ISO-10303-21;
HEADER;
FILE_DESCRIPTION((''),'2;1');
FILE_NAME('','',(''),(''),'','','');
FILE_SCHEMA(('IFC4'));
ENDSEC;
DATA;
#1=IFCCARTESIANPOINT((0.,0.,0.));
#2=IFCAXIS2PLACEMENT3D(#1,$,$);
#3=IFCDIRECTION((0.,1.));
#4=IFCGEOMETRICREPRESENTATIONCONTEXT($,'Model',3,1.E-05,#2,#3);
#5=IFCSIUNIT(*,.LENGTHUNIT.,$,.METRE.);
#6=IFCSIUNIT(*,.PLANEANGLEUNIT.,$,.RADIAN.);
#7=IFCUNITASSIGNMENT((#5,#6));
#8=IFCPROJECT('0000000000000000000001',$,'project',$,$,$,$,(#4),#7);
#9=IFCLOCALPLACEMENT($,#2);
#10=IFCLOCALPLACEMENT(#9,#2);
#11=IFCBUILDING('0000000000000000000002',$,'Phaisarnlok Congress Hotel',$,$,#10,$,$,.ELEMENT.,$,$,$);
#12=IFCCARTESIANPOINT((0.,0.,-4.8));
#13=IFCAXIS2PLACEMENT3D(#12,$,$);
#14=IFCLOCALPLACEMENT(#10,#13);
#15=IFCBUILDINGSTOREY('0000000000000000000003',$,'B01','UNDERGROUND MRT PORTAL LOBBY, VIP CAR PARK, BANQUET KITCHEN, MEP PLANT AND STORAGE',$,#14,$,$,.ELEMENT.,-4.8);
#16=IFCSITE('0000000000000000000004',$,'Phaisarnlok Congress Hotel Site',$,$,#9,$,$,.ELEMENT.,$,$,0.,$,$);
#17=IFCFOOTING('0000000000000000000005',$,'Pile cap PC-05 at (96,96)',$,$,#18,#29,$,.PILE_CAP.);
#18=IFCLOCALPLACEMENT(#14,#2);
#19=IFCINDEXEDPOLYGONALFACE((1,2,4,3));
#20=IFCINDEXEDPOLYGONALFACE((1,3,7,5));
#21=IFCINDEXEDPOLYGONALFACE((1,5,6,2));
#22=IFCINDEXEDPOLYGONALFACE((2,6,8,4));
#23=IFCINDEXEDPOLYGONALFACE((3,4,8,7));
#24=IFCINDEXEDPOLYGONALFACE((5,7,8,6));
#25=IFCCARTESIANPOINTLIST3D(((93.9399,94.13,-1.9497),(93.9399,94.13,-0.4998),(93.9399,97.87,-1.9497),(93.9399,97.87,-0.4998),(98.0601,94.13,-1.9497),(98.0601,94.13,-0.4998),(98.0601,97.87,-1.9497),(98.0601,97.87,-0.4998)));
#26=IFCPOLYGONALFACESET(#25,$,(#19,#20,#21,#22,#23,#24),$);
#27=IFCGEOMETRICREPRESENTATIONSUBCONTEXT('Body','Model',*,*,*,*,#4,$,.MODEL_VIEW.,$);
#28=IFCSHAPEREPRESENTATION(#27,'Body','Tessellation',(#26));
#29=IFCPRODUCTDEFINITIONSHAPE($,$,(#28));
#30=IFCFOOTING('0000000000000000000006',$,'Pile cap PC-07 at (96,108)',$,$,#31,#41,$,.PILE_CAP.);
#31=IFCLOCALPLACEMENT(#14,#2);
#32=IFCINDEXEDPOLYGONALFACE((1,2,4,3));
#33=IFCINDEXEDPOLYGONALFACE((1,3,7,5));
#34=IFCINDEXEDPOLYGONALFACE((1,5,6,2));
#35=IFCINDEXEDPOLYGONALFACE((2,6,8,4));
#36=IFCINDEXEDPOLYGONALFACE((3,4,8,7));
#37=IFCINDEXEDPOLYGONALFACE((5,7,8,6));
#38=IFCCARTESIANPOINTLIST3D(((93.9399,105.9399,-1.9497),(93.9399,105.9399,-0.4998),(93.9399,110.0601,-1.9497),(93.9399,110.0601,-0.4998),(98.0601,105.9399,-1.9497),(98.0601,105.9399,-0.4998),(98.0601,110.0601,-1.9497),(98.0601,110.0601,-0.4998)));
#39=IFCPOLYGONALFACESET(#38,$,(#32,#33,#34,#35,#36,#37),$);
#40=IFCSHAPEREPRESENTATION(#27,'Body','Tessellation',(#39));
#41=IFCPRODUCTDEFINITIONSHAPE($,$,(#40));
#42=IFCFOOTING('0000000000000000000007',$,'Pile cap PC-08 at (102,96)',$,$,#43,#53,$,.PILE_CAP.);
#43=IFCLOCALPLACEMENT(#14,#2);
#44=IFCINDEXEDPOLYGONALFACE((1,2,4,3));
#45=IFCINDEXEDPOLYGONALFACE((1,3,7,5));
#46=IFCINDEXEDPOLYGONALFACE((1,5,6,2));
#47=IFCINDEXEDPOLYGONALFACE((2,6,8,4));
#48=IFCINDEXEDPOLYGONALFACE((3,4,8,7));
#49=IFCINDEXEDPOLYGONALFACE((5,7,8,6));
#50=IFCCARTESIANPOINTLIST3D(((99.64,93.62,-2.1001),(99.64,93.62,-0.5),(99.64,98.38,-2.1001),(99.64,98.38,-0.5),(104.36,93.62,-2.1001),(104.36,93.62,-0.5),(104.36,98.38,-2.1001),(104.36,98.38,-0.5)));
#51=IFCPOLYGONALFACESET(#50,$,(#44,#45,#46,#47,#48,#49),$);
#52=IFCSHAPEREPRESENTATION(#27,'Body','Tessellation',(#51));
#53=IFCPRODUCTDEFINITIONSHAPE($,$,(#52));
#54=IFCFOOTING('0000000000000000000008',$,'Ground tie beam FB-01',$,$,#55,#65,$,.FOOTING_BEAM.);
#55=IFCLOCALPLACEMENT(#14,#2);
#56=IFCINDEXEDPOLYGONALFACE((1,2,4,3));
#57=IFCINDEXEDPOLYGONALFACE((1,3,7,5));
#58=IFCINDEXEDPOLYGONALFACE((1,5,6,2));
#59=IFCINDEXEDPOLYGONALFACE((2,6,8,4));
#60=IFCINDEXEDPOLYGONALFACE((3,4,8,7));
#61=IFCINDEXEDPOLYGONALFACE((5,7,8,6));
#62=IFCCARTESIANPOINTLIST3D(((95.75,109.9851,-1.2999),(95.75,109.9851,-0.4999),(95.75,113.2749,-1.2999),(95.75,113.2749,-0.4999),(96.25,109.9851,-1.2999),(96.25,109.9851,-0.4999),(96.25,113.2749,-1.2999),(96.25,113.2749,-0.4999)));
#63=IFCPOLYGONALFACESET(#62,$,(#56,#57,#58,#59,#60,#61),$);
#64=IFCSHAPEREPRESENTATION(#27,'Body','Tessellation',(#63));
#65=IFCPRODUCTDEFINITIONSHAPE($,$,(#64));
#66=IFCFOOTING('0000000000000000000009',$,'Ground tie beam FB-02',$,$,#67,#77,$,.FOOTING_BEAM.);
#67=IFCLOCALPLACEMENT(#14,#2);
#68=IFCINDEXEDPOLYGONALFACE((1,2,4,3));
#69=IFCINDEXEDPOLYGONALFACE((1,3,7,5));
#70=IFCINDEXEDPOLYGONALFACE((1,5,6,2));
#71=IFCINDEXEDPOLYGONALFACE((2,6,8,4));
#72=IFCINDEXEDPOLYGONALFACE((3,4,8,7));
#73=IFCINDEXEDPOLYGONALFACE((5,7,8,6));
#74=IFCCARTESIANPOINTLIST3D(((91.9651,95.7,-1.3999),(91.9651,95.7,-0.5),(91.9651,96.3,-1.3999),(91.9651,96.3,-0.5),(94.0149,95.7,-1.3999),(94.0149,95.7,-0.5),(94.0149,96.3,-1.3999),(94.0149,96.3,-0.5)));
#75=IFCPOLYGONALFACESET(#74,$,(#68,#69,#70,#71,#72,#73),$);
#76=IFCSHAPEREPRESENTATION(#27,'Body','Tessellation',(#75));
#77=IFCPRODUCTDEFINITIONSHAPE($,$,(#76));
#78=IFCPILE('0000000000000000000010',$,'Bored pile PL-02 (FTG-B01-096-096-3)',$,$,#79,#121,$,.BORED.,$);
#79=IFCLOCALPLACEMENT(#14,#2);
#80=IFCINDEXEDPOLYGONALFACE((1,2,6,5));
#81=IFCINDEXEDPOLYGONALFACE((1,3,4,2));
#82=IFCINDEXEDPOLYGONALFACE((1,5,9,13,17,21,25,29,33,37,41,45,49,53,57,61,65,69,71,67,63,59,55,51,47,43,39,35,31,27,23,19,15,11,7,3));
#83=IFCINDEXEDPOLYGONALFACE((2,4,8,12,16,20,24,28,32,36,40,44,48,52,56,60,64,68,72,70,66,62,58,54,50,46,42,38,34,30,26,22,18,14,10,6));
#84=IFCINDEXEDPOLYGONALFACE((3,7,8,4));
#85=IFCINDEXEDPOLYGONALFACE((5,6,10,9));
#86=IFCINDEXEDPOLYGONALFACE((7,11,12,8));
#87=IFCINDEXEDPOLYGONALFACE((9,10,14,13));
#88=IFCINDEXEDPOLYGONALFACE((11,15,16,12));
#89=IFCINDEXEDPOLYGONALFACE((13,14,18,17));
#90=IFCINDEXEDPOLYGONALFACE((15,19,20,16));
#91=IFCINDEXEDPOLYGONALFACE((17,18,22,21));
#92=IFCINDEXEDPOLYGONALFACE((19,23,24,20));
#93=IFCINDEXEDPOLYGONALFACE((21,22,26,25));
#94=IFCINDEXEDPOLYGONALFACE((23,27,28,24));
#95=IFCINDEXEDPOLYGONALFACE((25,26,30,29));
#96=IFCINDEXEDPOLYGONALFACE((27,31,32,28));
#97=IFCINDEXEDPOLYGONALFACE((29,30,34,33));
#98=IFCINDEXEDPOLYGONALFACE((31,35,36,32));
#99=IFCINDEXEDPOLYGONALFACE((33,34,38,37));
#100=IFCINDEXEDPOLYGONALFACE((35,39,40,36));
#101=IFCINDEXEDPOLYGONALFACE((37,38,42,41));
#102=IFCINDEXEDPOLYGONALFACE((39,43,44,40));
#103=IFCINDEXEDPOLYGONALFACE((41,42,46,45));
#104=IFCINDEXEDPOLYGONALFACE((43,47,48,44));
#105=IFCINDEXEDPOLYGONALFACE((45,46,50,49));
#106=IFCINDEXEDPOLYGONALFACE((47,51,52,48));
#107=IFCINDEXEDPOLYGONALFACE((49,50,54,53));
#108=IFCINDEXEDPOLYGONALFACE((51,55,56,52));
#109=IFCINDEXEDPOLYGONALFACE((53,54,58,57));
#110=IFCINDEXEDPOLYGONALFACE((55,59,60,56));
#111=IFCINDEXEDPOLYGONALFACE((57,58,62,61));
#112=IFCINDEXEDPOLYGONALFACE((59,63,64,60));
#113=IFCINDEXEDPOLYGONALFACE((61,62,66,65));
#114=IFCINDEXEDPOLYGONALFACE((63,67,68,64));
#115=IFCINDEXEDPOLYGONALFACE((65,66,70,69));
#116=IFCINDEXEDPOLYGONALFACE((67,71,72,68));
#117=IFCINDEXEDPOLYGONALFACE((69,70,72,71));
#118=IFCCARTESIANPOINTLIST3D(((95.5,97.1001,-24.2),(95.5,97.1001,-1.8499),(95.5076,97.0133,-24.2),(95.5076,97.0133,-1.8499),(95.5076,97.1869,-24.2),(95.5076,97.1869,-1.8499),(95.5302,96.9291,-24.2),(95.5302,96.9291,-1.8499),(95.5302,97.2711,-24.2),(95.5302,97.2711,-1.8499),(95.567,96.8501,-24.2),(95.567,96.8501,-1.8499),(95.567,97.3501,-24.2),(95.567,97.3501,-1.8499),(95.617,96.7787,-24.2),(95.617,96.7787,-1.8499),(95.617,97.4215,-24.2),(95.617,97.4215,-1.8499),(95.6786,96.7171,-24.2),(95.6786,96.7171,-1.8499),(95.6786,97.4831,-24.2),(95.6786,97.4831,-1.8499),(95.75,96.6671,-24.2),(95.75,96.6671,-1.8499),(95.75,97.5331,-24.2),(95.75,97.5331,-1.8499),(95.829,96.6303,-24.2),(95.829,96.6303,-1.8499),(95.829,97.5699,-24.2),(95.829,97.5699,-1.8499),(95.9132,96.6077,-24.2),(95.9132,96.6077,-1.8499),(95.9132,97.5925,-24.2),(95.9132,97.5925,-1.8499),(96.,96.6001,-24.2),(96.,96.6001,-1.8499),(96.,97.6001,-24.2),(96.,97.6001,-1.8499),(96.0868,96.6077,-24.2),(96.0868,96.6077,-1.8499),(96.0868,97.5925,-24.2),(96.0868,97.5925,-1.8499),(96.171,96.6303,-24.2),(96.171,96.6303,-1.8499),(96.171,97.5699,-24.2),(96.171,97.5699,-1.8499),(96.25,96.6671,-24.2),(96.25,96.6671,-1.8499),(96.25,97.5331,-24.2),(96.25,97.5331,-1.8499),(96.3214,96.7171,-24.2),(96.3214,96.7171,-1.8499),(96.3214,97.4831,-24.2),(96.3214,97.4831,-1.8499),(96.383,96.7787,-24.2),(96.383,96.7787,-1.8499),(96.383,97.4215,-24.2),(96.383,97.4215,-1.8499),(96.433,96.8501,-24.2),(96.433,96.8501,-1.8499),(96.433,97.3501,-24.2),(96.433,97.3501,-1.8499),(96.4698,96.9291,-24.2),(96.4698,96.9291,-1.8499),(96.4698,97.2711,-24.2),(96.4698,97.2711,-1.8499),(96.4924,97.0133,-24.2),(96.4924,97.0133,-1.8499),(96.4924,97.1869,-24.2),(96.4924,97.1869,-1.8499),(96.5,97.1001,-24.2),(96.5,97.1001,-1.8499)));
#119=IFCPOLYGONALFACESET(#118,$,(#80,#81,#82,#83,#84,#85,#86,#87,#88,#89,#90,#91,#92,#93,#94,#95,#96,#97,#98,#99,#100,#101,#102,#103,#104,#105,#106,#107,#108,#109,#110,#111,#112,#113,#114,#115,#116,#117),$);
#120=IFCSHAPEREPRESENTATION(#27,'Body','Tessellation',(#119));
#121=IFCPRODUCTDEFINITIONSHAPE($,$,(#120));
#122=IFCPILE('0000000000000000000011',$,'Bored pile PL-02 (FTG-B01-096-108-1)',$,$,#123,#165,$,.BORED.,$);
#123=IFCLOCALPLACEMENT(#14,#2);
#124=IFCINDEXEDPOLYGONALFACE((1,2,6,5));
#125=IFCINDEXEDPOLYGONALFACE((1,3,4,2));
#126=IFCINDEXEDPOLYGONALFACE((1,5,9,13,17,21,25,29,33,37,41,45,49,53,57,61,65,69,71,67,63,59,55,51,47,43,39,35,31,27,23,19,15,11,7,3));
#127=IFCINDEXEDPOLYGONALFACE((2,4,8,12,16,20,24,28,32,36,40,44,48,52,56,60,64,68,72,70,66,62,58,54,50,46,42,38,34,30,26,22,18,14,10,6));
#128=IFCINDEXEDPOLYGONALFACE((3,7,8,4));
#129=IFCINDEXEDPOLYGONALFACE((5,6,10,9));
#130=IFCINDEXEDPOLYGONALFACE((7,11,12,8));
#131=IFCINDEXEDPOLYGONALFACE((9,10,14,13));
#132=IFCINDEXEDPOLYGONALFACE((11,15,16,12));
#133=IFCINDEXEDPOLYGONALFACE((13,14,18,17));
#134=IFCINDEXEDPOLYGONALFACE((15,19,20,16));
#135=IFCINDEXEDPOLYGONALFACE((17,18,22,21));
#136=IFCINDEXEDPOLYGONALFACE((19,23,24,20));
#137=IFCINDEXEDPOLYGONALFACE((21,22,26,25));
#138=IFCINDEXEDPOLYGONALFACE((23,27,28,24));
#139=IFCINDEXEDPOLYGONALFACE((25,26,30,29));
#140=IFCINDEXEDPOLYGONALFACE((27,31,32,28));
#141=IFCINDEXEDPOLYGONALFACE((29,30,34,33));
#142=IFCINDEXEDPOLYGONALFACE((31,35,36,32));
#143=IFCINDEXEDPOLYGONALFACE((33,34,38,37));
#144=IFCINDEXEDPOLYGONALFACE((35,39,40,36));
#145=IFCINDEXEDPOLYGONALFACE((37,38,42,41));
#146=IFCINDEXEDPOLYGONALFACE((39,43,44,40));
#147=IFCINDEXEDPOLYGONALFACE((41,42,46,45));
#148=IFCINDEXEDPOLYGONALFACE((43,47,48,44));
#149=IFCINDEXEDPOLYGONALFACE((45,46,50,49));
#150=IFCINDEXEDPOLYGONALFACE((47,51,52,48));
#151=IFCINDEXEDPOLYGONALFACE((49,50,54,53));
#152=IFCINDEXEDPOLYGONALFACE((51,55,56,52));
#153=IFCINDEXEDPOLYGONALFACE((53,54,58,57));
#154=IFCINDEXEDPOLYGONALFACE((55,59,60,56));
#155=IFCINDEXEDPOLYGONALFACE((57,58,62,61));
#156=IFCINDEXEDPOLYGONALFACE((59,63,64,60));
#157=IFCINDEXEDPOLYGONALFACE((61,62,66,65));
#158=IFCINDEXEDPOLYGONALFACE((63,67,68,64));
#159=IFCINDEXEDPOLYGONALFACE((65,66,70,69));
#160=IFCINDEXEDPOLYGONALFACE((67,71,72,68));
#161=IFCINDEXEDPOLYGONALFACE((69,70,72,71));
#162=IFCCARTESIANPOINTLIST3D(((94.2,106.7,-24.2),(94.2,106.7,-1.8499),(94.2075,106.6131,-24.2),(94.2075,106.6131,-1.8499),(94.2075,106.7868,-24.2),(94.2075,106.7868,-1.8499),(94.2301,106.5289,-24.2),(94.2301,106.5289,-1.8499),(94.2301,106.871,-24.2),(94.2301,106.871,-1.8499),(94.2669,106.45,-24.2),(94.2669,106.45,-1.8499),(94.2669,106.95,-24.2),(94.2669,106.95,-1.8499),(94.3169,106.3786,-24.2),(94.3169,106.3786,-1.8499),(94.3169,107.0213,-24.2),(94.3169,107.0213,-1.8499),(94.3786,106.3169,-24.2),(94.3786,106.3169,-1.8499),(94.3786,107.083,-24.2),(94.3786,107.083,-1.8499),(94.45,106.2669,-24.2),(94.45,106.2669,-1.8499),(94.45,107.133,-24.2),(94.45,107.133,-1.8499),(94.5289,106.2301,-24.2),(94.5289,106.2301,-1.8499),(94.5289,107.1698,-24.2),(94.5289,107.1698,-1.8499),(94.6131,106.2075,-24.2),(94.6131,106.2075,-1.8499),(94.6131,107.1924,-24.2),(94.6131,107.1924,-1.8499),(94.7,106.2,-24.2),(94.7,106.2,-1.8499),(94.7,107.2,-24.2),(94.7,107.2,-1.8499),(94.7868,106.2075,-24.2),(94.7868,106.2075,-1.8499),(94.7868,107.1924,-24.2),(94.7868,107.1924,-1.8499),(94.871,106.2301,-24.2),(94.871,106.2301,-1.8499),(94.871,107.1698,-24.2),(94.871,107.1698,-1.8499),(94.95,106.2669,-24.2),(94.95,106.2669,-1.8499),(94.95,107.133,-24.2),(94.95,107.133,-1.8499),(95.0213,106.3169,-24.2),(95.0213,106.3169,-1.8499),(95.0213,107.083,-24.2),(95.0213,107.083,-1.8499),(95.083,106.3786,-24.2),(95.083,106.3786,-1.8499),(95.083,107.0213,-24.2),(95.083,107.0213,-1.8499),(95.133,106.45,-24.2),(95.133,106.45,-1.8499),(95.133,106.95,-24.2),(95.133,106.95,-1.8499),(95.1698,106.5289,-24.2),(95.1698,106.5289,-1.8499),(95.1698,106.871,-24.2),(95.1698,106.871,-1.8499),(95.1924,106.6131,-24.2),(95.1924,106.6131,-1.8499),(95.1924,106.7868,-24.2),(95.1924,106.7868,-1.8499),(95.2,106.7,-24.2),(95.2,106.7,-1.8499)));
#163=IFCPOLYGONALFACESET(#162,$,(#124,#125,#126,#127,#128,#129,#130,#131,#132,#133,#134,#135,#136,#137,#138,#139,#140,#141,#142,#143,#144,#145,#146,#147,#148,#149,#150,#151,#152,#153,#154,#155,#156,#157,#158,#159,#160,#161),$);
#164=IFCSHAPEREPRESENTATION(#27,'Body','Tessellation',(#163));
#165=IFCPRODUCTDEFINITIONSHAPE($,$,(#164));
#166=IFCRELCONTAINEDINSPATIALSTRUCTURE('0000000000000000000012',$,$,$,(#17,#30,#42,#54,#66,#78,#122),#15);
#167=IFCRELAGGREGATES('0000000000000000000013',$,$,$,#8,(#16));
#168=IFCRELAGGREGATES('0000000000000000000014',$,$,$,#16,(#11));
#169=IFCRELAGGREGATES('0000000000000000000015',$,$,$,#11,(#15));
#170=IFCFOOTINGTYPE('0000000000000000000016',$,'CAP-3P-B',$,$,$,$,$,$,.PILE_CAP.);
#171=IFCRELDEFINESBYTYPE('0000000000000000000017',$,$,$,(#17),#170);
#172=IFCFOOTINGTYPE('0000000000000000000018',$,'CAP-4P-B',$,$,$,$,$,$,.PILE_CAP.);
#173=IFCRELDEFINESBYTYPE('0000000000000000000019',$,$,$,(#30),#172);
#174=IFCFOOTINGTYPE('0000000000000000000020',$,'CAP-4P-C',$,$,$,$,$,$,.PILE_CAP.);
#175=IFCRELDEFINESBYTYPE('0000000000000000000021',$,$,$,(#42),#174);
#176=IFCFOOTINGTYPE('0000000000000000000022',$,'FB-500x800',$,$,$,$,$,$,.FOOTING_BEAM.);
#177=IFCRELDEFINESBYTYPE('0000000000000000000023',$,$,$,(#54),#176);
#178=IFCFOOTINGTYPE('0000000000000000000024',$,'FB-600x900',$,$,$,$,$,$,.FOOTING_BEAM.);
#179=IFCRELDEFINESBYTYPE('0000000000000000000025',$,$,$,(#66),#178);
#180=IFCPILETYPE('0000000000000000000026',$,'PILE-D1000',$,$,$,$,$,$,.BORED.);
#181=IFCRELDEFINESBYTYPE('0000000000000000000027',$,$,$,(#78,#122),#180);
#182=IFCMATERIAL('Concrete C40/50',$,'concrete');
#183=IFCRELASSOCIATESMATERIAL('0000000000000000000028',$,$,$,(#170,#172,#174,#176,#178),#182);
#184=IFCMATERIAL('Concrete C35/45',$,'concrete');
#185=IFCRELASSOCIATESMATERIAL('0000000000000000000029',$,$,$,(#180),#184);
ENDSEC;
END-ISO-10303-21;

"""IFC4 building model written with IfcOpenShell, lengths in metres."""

from ifc_helpers import new_model, si_unit, direction, frame, origin, origin_2d, place, context, subcontext, project, spatial, rectangle, circle, extrude, material, material_profile, profile_set, type_object, element, save


model = new_model("IFC4")

# Units and contexts
model_context = context("Model", 3, precision=1e-05, world=origin(), true_north=direction((0.0, 1.0)))
body_context = subcontext(model_context, "Body", "Model", "MODEL_VIEW")
ifc_project = project(units=[si_unit("LENGTHUNIT", "METRE"), si_unit("PLANEANGLEUNIT", "RADIAN")], contexts=[model_context])

# Site, building, storey
site_placement = place(None, origin())
site = spatial("IfcSite", under=ifc_project, at=site_placement, Name="Phaisarnlok Congress Hotel Site", CompositionType="ELEMENT", RefElevation=0.0)
building_placement = place(site_placement, origin())
building = spatial("IfcBuilding", under=site, at=building_placement, Name="Phaisarnlok Congress Hotel", CompositionType="ELEMENT")
storey_placement = place(building_placement, frame((0.0, 0.0, -4.8)))
storey = spatial("IfcBuildingStorey", under=building, at=storey_placement, Name="B01", Description="UNDERGROUND MRT PORTAL LOBBY, VIP CAR PARK, BANQUET KITCHEN, MEP PLANT AND STORAGE", CompositionType="ELEMENT", Elevation=-4.8)

# Footings
ifc_material_1 = material(Name="Concrete C40/50", Category="concrete")
footing_type_1 = type_object("IfcFootingType", Name="CAP-3P-B", PredefinedType="PILE_CAP", material=ifc_material_1)
footing_1_placement = place(storey_placement, frame((96.0, 96.0, -1.9497), z_axis=(0.0, 0.0, 1.0), x_axis=(1.0, 0.0, 0.0)))
element("IfcFooting", 1, at=footing_1_placement, inside=storey, type_object=footing_type_1, Name="Pile cap PC-05 at (96,96)", PredefinedType="PILE_CAP", context=body_context, shape_type="SweptSolid", body=[
    extrude(rectangle(XDim=4.1201, YDim=3.74, at=origin_2d()), origin(), (0.0, 0.0, 1.0), 1.45),
])
footing_type_2 = type_object("IfcFootingType", Name="CAP-4P-B", PredefinedType="PILE_CAP", material=ifc_material_1)
footing_2_placement = place(storey_placement, frame((96.0, 108.0, -1.9497), z_axis=(0.0, 0.0, 1.0), x_axis=(1.0, 0.0, 0.0)))
element("IfcFooting", 2, at=footing_2_placement, inside=storey, type_object=footing_type_2, Name="Pile cap PC-07 at (96,108)", PredefinedType="PILE_CAP", context=body_context, shape_type="SweptSolid", body=[
    extrude(rectangle(XDim=4.1201, YDim=4.1201, at=origin_2d()), origin(), (0.0, 0.0, 1.0), 1.45),
])
footing_type_3 = type_object("IfcFootingType", Name="CAP-4P-C", PredefinedType="PILE_CAP", material=ifc_material_1)
footing_3_placement = place(storey_placement, frame((102.0, 96.0, -2.1001), z_axis=(0.0, 0.0, 1.0), x_axis=(1.0, 0.0, 0.0)))
element("IfcFooting", 3, at=footing_3_placement, inside=storey, type_object=footing_type_3, Name="Pile cap PC-08 at (102,96)", PredefinedType="PILE_CAP", context=body_context, shape_type="SweptSolid", body=[
    extrude(rectangle(XDim=4.72, YDim=4.76, at=origin_2d()), origin(), (0.0, 0.0, 1.0), 1.6001),
])
ifc_material_profile_1 = material_profile(ifc_material_1, rectangle(XDim=0.5, YDim=0.8, at=origin_2d()), Name="FB-500x800")
ifc_profile_set_1 = profile_set([ifc_material_profile_1], Name="Concrete C40/50")
footing_type_4 = type_object("IfcFootingType", Name="FB-500x800", PredefinedType="FOOTING_BEAM", material=ifc_profile_set_1)
footing_4_placement = place(storey_placement, frame((96.0, 109.9851, -0.8999), z_axis=(0.0, 1.0, 0.0), x_axis=(-1.0, 0.0, 0.0)))
element("IfcFooting", 4, at=footing_4_placement, inside=storey, type_object=footing_type_4, Name="Ground tie beam FB-01", PredefinedType="FOOTING_BEAM", context=body_context, shape_type="SweptSolid", body=[
    extrude(rectangle(XDim=0.5, YDim=0.8, at=origin_2d()), origin(), (0.0, 0.0, 1.0), 3.2898),
])
ifc_material_profile_2 = material_profile(ifc_material_1, rectangle(XDim=0.6001, YDim=0.8999, at=origin_2d()), Name="FB-600x900")
ifc_profile_set_2 = profile_set([ifc_material_profile_2], Name="Concrete C40/50")
footing_type_5 = type_object("IfcFootingType", Name="FB-600x900", PredefinedType="FOOTING_BEAM", material=ifc_profile_set_2)
footing_5_placement = place(storey_placement, frame((91.9651, 96.0, -0.95), z_axis=(1.0, 0.0, 0.0), x_axis=(0.0, 1.0, 0.0)))
element("IfcFooting", 5, at=footing_5_placement, inside=storey, type_object=footing_type_5, Name="Ground tie beam FB-02", PredefinedType="FOOTING_BEAM", context=body_context, shape_type="SweptSolid", body=[
    extrude(rectangle(XDim=0.6001, YDim=0.8999, at=origin_2d()), origin(), (0.0, 0.0, 1.0), 2.0498),
])

# Piles
ifc_material_2 = material(Name="Concrete C35/45", Category="concrete")
ifc_material_profile_3 = material_profile(ifc_material_2, circle(Radius=0.5, at=origin_2d()), Name="BORED PILE D1000")
ifc_profile_set_3 = profile_set([ifc_material_profile_3], Name="Concrete C35/45")
pile_type_1 = type_object("IfcPileType", Name="PILE-D1000", PredefinedType="BORED", material=ifc_profile_set_3)
for number, where, z_axis, x_axis, name in (
    (6, (96.0, 97.1001, -1.8499), (0.0, 0.0, -1.0), (1.0, 0.0, 0.0), "Bored pile PL-02 (FTG-B01-096-096-3)"),
    (7, (94.7, 106.7, -1.8499), (0.0, 0.0, -1.0), (1.0, 0.0, 0.0), "Bored pile PL-02 (FTG-B01-096-108-1)"),
):
    element("IfcPile", number, at=place(storey_placement, frame(where, z_axis=z_axis, x_axis=x_axis)), inside=storey, type_object=pile_type_1, Name=name, PredefinedType="BORED", context=body_context, shape_type="SweptSolid", body=[
        extrude(circle(Radius=0.5, at=origin_2d()), origin(), (0.0, 0.0, 1.0), 22.3501),
    ])

save(model, "model.ifc")
